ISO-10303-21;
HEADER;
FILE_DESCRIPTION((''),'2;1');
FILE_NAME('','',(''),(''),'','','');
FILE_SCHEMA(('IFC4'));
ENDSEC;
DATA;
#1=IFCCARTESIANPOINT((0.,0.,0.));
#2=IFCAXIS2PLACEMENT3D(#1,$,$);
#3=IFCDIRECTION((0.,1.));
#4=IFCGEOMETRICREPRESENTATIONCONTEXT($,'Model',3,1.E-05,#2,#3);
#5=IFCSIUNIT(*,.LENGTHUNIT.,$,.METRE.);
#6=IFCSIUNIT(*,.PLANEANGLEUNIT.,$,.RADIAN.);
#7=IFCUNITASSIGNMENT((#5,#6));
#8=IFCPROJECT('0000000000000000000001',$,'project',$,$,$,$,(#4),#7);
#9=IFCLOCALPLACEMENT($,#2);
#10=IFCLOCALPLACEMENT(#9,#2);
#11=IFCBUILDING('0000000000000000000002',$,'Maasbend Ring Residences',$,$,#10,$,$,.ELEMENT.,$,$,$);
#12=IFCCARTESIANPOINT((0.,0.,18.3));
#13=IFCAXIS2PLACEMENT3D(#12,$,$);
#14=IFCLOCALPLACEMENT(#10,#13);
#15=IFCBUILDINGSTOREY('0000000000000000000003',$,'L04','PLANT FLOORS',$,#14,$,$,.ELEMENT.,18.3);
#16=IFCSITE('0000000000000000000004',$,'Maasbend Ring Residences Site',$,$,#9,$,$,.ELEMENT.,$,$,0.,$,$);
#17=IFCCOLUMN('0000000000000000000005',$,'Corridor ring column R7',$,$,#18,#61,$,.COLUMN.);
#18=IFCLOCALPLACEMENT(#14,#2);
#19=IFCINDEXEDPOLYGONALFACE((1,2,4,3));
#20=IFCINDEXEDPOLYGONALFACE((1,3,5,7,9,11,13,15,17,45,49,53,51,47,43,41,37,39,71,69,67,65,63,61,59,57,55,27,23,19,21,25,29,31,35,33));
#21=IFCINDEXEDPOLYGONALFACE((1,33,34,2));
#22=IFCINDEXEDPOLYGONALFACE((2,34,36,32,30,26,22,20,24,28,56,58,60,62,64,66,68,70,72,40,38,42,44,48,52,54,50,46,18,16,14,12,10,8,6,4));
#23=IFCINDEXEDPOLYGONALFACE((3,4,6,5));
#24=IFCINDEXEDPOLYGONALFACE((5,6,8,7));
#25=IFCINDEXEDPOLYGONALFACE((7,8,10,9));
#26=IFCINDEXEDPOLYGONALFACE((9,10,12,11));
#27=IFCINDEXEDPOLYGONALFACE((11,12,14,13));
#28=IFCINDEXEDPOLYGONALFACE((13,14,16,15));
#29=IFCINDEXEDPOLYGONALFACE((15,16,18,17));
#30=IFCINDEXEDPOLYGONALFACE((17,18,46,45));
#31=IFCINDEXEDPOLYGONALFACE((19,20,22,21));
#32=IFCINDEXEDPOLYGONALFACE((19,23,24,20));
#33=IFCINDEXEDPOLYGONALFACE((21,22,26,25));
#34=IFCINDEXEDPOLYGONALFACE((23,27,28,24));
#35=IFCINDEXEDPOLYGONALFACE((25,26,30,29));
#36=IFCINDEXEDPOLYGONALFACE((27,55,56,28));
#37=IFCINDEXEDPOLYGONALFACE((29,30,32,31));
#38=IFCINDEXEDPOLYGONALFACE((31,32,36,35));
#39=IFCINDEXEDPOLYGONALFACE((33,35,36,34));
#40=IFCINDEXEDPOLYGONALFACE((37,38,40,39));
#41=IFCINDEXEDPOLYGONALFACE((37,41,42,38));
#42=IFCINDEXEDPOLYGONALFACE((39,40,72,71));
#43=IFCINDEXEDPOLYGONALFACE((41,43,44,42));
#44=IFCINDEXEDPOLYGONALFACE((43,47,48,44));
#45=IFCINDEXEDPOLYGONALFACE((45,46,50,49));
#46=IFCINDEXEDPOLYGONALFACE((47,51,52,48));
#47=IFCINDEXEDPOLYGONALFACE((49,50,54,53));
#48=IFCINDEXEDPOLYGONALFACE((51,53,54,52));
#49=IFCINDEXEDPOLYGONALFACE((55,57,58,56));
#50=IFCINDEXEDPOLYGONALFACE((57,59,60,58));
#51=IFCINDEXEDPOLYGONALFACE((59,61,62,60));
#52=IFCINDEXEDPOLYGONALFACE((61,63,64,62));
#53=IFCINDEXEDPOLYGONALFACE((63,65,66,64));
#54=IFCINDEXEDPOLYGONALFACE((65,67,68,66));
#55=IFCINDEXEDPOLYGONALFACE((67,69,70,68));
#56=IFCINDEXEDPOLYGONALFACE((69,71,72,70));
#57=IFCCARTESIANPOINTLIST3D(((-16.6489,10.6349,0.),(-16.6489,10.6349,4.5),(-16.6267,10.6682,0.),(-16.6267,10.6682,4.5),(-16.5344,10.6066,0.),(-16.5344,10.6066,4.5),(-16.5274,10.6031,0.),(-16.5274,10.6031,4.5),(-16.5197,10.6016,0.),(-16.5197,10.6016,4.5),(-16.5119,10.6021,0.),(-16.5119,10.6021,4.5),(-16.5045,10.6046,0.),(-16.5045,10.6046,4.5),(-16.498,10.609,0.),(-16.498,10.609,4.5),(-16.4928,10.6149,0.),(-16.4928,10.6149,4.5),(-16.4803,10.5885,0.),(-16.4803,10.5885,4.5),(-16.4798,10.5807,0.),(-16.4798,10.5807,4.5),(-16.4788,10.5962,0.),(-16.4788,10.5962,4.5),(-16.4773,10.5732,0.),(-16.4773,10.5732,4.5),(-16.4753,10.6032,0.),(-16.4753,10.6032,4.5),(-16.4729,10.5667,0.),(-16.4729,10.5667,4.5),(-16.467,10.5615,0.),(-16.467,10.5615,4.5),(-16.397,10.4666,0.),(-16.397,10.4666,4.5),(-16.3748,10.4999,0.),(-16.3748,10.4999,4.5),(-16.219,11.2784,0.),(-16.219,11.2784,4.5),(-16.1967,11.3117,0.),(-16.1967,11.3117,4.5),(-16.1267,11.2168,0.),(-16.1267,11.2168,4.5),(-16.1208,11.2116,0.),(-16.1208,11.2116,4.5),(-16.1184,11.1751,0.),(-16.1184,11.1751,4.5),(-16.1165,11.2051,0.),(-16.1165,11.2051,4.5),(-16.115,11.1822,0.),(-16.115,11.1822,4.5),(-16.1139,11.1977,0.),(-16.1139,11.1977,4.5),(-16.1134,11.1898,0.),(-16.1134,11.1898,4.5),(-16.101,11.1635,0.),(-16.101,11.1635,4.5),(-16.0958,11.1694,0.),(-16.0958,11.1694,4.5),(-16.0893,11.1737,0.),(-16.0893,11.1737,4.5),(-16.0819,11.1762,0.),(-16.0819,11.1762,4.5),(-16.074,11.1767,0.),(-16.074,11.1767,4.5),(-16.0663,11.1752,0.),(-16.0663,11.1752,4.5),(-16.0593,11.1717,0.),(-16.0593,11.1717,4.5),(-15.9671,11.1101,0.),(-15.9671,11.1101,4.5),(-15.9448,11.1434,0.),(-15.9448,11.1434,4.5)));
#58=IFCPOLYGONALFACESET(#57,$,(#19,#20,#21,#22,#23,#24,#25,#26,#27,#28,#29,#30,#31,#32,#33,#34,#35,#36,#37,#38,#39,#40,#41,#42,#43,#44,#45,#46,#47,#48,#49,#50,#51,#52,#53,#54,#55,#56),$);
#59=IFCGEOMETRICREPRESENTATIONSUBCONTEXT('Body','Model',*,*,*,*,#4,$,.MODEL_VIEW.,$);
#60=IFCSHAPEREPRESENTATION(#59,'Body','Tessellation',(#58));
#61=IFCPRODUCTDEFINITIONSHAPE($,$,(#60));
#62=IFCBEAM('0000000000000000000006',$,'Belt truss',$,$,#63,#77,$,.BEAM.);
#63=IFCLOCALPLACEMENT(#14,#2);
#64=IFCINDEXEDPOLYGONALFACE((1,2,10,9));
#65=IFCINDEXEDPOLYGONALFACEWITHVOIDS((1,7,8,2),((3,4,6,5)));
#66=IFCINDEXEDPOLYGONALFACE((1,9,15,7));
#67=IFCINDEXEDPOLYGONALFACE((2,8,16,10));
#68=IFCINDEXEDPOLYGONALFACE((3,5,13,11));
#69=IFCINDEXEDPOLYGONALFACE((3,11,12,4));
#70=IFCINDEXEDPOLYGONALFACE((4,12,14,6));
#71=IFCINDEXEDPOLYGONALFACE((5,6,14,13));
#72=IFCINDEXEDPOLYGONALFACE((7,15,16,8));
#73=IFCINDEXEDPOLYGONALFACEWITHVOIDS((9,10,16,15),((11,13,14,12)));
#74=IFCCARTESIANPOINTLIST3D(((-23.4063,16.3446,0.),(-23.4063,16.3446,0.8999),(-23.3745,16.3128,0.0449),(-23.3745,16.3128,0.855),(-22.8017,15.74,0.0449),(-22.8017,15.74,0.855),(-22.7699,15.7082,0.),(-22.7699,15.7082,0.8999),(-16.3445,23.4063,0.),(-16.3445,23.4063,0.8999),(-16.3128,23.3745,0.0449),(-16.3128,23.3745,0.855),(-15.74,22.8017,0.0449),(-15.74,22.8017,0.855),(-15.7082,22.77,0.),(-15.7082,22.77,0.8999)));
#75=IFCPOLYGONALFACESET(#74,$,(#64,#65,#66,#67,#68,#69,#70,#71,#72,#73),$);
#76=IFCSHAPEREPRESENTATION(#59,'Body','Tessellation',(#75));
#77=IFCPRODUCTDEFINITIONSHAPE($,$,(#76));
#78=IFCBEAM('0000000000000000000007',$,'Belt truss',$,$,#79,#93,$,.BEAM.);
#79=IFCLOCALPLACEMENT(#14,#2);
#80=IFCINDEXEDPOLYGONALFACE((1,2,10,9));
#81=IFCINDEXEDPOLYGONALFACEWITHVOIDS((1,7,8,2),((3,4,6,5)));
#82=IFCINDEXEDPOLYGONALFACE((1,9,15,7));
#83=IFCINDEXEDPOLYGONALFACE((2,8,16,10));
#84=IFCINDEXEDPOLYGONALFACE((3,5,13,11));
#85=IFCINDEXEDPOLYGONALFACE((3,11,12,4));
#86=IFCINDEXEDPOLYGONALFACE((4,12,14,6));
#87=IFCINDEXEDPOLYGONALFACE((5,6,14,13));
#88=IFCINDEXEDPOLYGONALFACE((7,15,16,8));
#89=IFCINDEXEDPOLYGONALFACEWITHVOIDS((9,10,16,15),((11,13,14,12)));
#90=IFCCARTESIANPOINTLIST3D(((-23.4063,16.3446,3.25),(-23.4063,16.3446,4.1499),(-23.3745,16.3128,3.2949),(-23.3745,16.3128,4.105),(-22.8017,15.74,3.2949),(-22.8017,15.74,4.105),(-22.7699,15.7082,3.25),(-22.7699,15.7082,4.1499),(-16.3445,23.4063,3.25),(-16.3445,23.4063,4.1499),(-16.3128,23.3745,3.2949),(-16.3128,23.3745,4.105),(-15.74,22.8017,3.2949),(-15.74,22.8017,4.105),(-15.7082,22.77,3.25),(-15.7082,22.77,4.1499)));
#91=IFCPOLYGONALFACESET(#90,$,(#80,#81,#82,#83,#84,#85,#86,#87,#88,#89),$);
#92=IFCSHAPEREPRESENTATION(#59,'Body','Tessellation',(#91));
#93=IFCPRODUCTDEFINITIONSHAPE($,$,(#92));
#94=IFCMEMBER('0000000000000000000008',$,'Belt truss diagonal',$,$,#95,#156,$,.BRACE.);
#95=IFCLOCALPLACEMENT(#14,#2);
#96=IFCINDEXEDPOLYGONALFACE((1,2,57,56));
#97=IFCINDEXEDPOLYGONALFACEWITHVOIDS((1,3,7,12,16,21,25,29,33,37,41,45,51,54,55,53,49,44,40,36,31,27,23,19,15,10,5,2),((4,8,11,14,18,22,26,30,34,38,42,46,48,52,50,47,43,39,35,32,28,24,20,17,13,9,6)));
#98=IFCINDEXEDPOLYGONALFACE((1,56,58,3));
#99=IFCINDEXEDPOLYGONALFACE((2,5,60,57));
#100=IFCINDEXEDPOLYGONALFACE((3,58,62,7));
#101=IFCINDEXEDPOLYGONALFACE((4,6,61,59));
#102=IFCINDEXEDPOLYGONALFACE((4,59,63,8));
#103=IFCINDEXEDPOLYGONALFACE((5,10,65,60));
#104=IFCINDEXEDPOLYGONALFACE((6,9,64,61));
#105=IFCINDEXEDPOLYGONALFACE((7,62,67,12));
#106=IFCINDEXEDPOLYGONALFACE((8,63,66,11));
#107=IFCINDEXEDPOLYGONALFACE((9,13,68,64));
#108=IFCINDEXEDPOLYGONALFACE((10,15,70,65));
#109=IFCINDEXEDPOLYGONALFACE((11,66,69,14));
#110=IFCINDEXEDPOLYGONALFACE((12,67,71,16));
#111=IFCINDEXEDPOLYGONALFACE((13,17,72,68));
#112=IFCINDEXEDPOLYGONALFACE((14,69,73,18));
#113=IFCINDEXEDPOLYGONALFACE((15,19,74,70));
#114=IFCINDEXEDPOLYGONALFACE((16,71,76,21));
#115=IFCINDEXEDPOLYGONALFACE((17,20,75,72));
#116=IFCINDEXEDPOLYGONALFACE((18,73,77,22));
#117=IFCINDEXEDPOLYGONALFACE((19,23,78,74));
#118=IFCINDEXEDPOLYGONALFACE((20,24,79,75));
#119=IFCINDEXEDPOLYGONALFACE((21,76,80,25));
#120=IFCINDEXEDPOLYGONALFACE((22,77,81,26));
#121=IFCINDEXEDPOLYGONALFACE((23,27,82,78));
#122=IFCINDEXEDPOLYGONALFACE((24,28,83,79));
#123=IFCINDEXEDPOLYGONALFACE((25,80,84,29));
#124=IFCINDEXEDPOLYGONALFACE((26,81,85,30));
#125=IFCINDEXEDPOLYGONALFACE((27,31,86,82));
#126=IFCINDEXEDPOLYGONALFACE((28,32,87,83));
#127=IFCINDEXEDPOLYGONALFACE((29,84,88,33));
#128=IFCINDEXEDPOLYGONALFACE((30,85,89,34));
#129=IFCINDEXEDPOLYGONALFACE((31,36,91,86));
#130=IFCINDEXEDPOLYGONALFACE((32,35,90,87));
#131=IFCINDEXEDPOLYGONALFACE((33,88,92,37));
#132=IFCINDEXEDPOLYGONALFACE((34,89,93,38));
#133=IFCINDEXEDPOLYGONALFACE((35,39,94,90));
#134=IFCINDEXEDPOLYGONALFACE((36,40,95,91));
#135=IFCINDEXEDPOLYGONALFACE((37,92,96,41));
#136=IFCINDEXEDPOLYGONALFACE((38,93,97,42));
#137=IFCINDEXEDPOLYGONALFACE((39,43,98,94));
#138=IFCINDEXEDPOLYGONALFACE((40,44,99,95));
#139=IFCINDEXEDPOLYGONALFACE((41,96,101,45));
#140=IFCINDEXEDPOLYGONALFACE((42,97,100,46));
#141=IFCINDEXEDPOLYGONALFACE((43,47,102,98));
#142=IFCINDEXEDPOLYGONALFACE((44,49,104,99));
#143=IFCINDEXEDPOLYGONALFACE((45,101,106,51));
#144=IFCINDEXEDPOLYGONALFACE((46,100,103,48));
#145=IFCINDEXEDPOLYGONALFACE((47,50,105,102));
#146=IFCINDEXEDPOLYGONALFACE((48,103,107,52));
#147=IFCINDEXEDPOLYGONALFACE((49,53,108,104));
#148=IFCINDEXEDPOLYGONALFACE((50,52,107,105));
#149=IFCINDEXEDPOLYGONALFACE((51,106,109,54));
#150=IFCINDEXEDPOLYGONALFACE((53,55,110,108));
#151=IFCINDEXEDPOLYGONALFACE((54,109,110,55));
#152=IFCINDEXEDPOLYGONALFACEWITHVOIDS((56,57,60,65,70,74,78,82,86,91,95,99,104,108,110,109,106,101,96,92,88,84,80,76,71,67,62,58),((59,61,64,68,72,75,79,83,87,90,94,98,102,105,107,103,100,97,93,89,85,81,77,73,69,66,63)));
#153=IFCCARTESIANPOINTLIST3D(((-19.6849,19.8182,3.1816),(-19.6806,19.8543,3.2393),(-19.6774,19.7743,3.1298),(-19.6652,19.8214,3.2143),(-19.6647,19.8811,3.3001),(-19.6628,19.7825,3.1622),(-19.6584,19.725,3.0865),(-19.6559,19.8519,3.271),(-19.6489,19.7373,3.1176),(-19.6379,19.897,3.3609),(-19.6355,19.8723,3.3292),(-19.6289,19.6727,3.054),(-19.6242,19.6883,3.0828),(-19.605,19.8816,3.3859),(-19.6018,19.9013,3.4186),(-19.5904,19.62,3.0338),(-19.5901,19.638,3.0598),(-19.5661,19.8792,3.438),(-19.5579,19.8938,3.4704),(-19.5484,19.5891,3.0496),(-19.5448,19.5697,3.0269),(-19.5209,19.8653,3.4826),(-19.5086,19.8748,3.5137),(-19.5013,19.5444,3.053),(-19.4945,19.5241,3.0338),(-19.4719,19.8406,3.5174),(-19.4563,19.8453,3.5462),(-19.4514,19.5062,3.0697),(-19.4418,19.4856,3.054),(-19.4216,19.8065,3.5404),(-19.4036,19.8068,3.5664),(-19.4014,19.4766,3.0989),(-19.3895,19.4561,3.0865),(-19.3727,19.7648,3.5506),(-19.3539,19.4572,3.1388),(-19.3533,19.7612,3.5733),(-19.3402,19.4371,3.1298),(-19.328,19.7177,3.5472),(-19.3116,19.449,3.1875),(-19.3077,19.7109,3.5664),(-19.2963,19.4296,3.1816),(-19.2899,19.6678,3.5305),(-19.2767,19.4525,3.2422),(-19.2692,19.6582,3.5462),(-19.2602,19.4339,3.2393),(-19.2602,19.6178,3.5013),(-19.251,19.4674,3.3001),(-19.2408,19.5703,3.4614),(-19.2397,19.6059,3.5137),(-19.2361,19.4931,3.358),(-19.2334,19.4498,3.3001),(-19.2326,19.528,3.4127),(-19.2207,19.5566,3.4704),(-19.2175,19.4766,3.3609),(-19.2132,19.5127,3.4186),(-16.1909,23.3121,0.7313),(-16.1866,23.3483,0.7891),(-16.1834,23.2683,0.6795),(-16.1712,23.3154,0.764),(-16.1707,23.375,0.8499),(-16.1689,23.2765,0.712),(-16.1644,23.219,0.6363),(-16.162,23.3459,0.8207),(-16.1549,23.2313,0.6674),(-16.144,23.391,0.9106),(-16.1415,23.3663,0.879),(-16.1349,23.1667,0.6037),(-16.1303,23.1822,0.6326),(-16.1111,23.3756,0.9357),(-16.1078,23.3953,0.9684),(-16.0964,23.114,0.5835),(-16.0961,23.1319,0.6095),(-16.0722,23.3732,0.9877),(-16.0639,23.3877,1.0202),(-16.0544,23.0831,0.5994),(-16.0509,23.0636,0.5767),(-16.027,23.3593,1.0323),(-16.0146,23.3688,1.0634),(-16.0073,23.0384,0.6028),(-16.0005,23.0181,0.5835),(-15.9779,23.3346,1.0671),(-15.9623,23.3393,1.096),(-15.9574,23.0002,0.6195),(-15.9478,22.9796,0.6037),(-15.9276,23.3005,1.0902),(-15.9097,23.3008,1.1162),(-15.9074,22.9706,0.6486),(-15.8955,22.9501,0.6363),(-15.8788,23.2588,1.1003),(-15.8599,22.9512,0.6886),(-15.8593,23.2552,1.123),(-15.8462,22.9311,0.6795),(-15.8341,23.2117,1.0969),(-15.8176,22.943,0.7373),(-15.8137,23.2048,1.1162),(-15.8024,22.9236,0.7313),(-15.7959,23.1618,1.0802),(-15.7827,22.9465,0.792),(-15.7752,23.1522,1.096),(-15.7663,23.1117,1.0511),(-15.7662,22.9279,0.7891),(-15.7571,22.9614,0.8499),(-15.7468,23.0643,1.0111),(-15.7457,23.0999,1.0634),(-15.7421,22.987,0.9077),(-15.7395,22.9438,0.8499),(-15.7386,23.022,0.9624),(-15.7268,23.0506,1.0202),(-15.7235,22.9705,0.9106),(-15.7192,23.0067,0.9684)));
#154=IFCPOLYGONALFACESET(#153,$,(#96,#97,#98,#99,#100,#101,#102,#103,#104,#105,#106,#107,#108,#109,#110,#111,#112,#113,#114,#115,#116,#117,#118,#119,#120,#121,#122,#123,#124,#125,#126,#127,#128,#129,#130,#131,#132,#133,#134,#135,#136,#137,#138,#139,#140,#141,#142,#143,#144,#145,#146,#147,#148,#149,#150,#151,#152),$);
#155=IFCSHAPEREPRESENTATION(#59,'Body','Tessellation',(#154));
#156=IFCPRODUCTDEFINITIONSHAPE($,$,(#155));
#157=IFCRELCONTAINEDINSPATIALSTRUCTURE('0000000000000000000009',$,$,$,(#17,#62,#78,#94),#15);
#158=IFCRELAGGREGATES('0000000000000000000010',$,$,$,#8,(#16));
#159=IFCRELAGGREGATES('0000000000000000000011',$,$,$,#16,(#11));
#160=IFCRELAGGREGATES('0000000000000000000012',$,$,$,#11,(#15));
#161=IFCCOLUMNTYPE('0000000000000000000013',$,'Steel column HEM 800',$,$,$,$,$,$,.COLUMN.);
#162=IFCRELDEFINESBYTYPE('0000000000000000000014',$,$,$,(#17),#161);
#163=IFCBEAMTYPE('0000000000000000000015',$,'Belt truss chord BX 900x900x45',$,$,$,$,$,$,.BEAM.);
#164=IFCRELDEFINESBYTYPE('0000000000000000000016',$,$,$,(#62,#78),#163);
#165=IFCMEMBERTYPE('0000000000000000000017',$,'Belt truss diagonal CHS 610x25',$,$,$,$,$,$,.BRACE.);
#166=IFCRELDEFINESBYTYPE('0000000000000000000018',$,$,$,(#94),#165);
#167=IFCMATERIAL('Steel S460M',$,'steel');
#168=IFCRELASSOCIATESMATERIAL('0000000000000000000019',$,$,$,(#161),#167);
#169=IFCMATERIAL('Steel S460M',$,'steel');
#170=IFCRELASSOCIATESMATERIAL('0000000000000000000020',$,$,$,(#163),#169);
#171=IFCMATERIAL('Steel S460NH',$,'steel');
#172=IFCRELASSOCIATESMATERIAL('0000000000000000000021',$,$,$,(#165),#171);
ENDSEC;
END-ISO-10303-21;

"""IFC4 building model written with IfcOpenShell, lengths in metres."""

from ifc_helpers import new_model, si_unit, direction, frame, origin, origin_2d, place, context, subcontext, project, spatial, hollow_rectangle, hollow_circle, i_section, extrude, material, material_profile, profile_set, type_object, element, save


model = new_model("IFC4")

# Units and contexts
model_context = context("Model", 3, precision=1e-05, world=origin(), true_north=direction((0.0, 1.0)))
body_context = subcontext(model_context, "Body", "Model", "MODEL_VIEW")
ifc_project = project(units=[si_unit("LENGTHUNIT", "METRE"), si_unit("PLANEANGLEUNIT", "RADIAN")], contexts=[model_context])

# Site, building, storey
site_placement = place(None, origin())
site = spatial("IfcSite", under=ifc_project, at=site_placement, Name="Maasbend Ring Residences Site", CompositionType="ELEMENT", RefElevation=0.0)
building_placement = place(site_placement, origin())
building = spatial("IfcBuilding", under=site, at=building_placement, Name="Maasbend Ring Residences", CompositionType="ELEMENT")
storey_placement = place(building_placement, frame((0.0, 0.0, 18.3)))
storey = spatial("IfcBuildingStorey", under=building, at=storey_placement, Name="L04", Description="PLANT FLOORS", CompositionType="ELEMENT", Elevation=18.3)

# Column
ifc_material_1 = material(Name="Steel S460M", Category="steel")
ifc_material_profile_1 = material_profile(ifc_material_1, i_section(OverallWidth=0.303, OverallDepth=0.814, WebThickness=0.021, FlangeThickness=0.04, FilletRadius=0.03, at=origin_2d()), Name="HEM 800")
ifc_profile_set_1 = profile_set([ifc_material_profile_1], Name="Steel S460M")
column_type_1 = type_object("IfcColumnType", Name="Steel column HEM 800", PredefinedType="COLUMN", material=ifc_profile_set_1)
column_placement = place(storey_placement, frame((-16.2969, 10.8892, 0.0), z_axis=(0.0, 0.0, 1.0), x_axis=(-0.83147, 0.55557, 0.0)))
element("IfcColumn", 1, at=column_placement, inside=storey, type_object=column_type_1, Name="Corridor ring column R7", PredefinedType="COLUMN", context=body_context, shape_type="SweptSolid", body=[
    extrude(i_section(OverallWidth=0.303, OverallDepth=0.814, WebThickness=0.021, FlangeThickness=0.04, FilletRadius=0.03, at=origin_2d()), origin(), (0.0, 0.0, 1.0), 4.5),
])

# Beams
ifc_material_2 = material(Name="Steel S460M", Category="steel")
ifc_material_profile_2 = material_profile(ifc_material_2, hollow_rectangle(XDim=0.8999, YDim=0.8999, WallThickness=0.0449, at=origin_2d()), Name="Belt truss chord BX 900x900x45")
ifc_profile_set_2 = profile_set([ifc_material_profile_2], Name="Steel S460M")
beam_type_1 = type_object("IfcBeamType", Name="Belt truss chord BX 900x900x45", PredefinedType="BEAM", material=ifc_profile_set_2)
for number, where, z_axis, x_axis, name in (
    (2, (-16.0264, 23.0881, 0.45), (-0.707107, -0.707107, 0.0), (0.707107, -0.707107, 0.0), "Belt truss"),
    (3, (-16.0264, 23.0881, 3.7), (-0.707107, -0.707107, 0.0), (0.707107, -0.707107, 0.0), "Belt truss"),
):
    element("IfcBeam", number, at=place(storey_placement, frame(where, z_axis=z_axis, x_axis=x_axis)), inside=storey, type_object=beam_type_1, Name=name, PredefinedType="BEAM", context=body_context, shape_type="SweptSolid", body=[
        extrude(hollow_rectangle(XDim=0.8999, YDim=0.8999, WallThickness=0.0449, at=origin_2d()), origin(), (0.0, 0.0, 1.0), 9.9868),
    ])

# Member
ifc_material_3 = material(Name="Steel S460NH", Category="steel")
ifc_material_profile_3 = material_profile(ifc_material_3, hollow_circle(Radius=0.3049, WallThickness=0.0249, at=origin_2d()), Name="Belt truss diagonal CHS 610x25")
ifc_profile_set_3 = profile_set([ifc_material_profile_3], Name="Steel S460NH")
member_type_1 = type_object("IfcMemberType", Name="Belt truss diagonal CHS 610x25", PredefinedType="BRACE", material=ifc_profile_set_3)
for number, where, z_axis, x_axis, name in (
    (4, (-15.9551, 23.1594, 0.8499), (-0.633496, -0.633496, 0.444258), (0.707107, -0.707107, 0.0), "Belt truss diagonal"),
):
    element("IfcMember", number, at=place(storey_placement, frame(where, z_axis=z_axis, x_axis=x_axis)), inside=storey, type_object=member_type_1, Name=name, PredefinedType="BRACE", context=body_context, shape_type="SweptSolid", body=[
        extrude(hollow_circle(Radius=0.3049, WallThickness=0.0249, at=origin_2d()), origin(), (0.0, 0.0, 1.0), 5.5154),
    ])

save(model, "model.ifc")
